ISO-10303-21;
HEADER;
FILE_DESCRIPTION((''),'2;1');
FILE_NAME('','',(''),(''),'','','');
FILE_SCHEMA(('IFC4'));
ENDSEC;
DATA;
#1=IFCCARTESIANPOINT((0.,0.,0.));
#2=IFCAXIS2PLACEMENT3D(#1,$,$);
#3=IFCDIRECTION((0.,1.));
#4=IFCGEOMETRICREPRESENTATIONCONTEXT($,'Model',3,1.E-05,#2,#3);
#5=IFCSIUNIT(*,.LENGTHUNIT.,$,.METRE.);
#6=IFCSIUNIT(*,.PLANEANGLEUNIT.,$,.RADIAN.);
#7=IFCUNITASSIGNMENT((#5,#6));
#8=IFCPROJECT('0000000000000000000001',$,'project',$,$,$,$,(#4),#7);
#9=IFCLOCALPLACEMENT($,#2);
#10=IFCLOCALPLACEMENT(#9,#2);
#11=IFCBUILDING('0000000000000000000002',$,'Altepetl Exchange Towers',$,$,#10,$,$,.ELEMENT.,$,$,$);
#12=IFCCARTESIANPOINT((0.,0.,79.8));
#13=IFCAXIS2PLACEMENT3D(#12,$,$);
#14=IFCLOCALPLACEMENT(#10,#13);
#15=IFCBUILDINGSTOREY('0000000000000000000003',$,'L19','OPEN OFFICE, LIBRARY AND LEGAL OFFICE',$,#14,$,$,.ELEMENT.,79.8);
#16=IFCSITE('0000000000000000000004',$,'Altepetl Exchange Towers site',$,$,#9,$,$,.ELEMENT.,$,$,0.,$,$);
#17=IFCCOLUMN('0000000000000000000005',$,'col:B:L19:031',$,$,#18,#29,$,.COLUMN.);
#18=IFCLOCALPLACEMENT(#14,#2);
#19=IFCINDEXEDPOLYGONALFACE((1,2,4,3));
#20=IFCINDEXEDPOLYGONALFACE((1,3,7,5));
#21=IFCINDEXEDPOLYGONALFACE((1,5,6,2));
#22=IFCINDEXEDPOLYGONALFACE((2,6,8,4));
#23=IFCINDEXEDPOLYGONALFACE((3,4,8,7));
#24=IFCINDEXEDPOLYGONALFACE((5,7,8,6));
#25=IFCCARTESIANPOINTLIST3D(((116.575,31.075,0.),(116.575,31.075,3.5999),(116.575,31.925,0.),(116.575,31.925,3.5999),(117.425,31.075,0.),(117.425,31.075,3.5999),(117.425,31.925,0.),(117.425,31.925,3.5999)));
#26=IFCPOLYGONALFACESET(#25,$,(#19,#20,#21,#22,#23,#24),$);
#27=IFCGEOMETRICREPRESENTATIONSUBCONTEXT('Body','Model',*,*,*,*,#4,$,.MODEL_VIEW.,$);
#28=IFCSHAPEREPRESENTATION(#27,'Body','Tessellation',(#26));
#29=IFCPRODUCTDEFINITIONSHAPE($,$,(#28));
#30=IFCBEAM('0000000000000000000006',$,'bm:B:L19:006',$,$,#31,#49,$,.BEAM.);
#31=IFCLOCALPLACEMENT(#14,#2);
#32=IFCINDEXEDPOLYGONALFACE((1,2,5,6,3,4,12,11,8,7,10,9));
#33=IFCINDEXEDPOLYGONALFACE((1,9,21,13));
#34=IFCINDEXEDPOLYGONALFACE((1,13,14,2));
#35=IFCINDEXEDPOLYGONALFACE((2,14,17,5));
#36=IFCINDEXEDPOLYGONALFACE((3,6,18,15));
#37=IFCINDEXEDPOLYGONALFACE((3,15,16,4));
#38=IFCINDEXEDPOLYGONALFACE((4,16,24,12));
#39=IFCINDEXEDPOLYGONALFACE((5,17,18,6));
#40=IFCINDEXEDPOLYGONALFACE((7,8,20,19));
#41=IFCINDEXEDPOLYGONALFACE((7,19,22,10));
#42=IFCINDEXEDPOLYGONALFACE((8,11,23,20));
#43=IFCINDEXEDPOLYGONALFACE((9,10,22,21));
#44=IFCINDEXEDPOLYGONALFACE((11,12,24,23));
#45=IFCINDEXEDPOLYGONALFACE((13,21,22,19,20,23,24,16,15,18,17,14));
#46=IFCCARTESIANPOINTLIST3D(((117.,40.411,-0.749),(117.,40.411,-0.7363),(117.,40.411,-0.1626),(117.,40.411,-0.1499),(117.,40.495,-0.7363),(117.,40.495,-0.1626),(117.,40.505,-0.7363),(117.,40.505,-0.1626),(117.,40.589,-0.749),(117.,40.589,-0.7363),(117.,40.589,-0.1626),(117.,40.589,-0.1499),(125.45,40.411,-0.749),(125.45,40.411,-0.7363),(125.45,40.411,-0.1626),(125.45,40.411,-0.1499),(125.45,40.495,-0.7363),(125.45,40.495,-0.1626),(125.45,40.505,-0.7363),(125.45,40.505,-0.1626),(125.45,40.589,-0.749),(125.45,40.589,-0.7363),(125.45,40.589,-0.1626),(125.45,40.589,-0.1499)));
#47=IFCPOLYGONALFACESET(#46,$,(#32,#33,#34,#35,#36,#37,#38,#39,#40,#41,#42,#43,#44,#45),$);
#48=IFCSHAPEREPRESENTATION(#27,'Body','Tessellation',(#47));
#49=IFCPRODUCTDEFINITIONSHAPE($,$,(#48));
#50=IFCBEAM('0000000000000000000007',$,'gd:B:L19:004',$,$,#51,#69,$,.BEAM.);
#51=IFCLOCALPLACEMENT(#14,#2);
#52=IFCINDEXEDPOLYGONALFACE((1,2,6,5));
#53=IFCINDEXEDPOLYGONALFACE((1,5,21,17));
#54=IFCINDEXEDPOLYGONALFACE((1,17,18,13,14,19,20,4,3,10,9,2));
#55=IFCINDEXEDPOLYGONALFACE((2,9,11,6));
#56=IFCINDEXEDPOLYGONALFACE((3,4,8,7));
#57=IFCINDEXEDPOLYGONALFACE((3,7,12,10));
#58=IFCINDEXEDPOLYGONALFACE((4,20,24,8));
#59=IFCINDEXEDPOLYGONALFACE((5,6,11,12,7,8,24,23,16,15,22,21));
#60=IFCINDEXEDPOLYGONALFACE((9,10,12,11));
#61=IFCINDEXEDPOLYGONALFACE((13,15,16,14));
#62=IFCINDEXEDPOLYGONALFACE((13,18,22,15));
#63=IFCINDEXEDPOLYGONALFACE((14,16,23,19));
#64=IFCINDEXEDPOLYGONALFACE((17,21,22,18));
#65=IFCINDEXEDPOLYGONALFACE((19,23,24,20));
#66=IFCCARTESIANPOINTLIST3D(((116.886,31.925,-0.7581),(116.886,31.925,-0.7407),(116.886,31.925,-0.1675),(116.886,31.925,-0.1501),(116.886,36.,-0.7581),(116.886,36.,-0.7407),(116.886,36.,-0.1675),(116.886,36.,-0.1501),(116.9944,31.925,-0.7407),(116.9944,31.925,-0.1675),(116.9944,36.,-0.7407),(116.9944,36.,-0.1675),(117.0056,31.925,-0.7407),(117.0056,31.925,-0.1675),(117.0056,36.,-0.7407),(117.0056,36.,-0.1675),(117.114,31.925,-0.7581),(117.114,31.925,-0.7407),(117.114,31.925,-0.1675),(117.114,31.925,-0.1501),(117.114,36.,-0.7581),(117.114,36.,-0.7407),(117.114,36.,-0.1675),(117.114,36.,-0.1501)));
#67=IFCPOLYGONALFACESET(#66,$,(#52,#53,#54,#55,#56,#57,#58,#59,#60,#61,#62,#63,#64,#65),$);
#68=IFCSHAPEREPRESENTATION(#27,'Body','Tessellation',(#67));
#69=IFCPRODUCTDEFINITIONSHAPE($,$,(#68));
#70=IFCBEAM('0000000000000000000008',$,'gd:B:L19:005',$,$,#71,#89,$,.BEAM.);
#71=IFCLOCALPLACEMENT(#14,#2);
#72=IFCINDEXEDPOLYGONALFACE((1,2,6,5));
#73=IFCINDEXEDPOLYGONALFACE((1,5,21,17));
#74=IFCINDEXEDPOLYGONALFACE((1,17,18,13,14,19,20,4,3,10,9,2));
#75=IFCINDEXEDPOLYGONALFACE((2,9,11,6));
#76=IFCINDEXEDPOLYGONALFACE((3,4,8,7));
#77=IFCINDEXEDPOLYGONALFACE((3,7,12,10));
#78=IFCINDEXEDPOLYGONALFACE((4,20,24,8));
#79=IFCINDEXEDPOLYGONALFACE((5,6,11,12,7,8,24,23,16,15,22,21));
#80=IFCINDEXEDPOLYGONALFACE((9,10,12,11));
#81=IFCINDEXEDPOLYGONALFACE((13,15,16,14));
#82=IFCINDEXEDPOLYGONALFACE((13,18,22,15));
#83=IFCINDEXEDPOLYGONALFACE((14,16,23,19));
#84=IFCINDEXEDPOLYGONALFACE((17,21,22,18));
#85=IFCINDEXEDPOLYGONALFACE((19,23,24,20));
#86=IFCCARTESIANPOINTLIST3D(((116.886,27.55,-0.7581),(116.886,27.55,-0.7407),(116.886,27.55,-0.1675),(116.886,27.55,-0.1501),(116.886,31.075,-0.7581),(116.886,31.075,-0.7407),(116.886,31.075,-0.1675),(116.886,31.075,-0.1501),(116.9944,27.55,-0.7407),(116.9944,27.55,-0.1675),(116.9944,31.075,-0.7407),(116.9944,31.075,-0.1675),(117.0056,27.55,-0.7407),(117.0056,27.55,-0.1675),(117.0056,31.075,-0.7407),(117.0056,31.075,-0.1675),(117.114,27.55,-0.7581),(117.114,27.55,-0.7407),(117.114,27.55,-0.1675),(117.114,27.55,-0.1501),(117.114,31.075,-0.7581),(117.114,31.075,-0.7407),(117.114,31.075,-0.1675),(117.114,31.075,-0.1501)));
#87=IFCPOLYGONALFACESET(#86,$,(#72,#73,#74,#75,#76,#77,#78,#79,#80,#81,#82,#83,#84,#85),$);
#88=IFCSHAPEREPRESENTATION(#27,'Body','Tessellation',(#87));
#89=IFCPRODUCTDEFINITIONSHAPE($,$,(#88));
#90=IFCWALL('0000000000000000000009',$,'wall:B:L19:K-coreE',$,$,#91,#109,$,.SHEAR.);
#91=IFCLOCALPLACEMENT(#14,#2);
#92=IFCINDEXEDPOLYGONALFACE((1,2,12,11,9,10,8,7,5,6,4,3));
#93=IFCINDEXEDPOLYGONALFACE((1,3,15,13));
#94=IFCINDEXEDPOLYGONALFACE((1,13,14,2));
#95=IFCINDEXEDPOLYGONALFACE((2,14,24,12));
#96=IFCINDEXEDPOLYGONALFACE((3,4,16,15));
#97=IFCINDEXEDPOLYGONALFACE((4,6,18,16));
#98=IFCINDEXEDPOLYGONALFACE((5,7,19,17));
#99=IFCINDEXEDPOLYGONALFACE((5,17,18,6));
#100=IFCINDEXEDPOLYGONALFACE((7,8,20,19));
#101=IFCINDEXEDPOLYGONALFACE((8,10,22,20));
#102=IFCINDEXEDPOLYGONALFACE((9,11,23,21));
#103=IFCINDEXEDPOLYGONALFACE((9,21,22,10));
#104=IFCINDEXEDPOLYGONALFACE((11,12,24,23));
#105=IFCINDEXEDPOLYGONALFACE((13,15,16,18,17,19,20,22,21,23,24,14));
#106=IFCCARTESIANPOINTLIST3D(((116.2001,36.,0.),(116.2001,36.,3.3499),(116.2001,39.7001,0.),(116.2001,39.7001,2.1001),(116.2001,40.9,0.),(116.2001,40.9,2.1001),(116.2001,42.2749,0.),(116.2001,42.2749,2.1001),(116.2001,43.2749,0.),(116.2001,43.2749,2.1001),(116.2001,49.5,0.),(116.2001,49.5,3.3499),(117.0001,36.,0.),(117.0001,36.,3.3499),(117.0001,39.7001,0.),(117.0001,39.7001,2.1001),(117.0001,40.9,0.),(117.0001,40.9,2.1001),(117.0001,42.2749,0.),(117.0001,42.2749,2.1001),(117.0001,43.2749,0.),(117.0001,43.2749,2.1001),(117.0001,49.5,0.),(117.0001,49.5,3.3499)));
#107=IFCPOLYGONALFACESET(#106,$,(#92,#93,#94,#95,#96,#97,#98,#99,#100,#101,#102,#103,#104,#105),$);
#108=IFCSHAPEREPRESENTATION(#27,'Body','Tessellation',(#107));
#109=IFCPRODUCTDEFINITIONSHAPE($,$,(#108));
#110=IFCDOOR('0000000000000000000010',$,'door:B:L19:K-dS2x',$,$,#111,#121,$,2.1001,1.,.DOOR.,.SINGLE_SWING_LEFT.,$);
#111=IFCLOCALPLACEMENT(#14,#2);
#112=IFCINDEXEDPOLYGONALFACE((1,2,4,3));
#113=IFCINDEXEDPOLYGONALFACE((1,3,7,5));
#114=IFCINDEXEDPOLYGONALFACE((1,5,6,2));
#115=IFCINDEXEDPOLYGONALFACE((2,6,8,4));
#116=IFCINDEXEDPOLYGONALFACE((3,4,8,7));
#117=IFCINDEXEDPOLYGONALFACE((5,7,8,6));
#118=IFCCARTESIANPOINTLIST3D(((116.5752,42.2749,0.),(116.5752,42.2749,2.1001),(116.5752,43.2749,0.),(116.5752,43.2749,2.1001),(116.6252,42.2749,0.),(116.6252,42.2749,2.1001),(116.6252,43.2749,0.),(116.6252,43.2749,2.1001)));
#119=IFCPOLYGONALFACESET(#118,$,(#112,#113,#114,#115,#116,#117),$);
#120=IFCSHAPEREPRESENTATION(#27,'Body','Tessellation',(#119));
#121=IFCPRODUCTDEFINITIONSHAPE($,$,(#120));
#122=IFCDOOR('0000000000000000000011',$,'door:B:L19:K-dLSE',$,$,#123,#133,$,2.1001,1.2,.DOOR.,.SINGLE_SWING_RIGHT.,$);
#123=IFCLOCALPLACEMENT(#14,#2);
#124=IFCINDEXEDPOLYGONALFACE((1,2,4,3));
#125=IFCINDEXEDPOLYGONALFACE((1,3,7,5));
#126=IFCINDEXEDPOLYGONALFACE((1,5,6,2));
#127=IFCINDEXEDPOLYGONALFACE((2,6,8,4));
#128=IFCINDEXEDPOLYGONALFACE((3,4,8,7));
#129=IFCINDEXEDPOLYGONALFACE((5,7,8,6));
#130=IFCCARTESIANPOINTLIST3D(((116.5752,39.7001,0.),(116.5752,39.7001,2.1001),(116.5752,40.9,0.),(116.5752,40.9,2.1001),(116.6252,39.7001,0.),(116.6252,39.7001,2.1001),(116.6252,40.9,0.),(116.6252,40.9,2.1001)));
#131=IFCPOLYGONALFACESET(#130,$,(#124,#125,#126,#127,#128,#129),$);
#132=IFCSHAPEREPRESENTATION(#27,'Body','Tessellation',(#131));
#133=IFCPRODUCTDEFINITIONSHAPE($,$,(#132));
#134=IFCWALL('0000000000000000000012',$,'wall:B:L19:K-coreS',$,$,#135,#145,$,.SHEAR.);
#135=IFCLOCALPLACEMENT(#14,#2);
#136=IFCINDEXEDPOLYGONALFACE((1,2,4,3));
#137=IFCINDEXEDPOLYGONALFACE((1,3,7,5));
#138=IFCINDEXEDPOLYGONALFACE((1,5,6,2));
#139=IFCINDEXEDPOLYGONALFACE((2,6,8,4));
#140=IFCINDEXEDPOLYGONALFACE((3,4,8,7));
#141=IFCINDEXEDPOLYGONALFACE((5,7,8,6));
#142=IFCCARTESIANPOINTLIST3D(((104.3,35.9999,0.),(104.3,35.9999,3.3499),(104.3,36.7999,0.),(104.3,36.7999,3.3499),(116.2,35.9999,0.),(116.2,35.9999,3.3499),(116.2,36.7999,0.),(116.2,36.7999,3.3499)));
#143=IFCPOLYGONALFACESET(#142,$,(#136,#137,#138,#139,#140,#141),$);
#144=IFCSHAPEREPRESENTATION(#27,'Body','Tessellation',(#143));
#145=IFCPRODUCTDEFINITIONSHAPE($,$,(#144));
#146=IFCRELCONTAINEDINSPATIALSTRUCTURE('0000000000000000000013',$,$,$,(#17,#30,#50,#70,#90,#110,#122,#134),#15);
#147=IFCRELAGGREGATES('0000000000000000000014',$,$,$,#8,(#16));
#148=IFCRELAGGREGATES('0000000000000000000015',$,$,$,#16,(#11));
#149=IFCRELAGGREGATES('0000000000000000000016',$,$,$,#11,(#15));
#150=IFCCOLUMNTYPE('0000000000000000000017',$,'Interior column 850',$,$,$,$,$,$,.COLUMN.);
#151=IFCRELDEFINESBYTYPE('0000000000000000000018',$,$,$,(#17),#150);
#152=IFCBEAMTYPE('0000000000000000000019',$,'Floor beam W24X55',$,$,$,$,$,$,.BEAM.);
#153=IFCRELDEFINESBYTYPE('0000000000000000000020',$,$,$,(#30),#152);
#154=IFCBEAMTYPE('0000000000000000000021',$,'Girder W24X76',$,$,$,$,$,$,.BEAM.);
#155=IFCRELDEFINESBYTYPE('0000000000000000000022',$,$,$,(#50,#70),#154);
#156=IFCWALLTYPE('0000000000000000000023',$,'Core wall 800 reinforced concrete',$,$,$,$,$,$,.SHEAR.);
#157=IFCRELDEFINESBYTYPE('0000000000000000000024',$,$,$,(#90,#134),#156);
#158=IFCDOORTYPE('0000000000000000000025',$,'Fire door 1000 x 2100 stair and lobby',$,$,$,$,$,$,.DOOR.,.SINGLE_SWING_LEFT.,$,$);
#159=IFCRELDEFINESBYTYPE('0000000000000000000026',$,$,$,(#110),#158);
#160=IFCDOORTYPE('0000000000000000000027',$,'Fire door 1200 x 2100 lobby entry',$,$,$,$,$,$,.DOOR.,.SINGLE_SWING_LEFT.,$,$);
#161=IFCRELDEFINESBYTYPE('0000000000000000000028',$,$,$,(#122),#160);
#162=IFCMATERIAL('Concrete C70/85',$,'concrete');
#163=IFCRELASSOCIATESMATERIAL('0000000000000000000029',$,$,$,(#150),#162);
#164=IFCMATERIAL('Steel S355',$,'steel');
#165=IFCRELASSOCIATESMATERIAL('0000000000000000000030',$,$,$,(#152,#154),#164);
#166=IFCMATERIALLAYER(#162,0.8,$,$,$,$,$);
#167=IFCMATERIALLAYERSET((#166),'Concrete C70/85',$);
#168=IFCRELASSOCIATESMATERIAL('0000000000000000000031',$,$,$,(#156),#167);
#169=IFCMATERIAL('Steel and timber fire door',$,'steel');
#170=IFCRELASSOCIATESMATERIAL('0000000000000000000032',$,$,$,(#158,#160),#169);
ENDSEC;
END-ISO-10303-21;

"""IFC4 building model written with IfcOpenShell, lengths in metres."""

from ifc_helpers import new_model, si_unit, direction, frame, frame_2d, origin, origin_2d, place, context, subcontext, project, spatial, rectangle, i_section, extrude, material, layer, layer_set, material_profile, profile_set, type_object, element, fill, save


model = new_model("IFC4")

# Units and contexts
model_context = context("Model", 3, precision=1e-05, world=origin(), true_north=direction((0.0, 1.0)))
body_context = subcontext(model_context, "Body", "Model", "MODEL_VIEW")
ifc_project = project(units=[si_unit("LENGTHUNIT", "METRE"), si_unit("PLANEANGLEUNIT", "RADIAN")], contexts=[model_context])

# Site, building, storey
site_placement = place(None, origin())
site = spatial("IfcSite", under=ifc_project, at=site_placement, Name="Altepetl Exchange Towers site", CompositionType="ELEMENT", RefElevation=0.0)
building_placement = place(site_placement, origin())
building = spatial("IfcBuilding", under=site, at=building_placement, Name="Altepetl Exchange Towers", CompositionType="ELEMENT")
storey_placement = place(building_placement, frame((0.0, 0.0, 79.8)))
storey = spatial("IfcBuildingStorey", under=building, at=storey_placement, Name="L19", Description="OPEN OFFICE, LIBRARY AND LEGAL OFFICE", CompositionType="ELEMENT", Elevation=79.8)

# Column
ifc_material_1 = material(Name="Concrete C70/85", Category="concrete")
ifc_material_profile_1 = material_profile(ifc_material_1, rectangle(XDim=0.8501, YDim=0.8501, at=origin_2d()), Name="850 x 850")
ifc_profile_set_1 = profile_set([ifc_material_profile_1], Name="Concrete C70/85")
column_type = type_object("IfcColumnType", Name="Interior column 850", PredefinedType="COLUMN", material=ifc_profile_set_1)
column_placement = place(storey_placement, frame((117.0, 31.5, 0.0)))
element("IfcColumn", 1, at=column_placement, inside=storey, type_object=column_type, Name="col:B:L19:031", PredefinedType="COLUMN", context=body_context, shape_type="SweptSolid", body=[
    extrude(rectangle(XDim=0.8501, YDim=0.8501, at=origin_2d()), origin(), (0.0, 0.0, 1.0), 3.5999),
])

# Beams
ifc_material_2 = material(Name="Steel S355", Category="steel")
ifc_material_profile_2 = material_profile(ifc_material_2, i_section(OverallWidth=0.178, OverallDepth=0.5991, WebThickness=0.01, FlangeThickness=0.0127, at=origin_2d()), Name="W24X55")
ifc_profile_set_2 = profile_set([ifc_material_profile_2], Name="Steel S355")
beam_type_1 = type_object("IfcBeamType", Name="Floor beam W24X55", PredefinedType="BEAM", material=ifc_profile_set_2)
beam_1_placement = place(storey_placement, frame((117.0, 40.5, -0.4495), z_axis=(1.0, 0.0, 0.0), x_axis=(0.0, 1.0, 0.0)))
element("IfcBeam", 2, at=beam_1_placement, inside=storey, type_object=beam_type_1, Name="bm:B:L19:006", PredefinedType="BEAM", context=body_context, shape_type="SweptSolid", body=[
    extrude(i_section(OverallWidth=0.178, OverallDepth=0.5991, WebThickness=0.01, FlangeThickness=0.0127, at=origin_2d()), origin(), (0.0, 0.0, 1.0), 8.45),
])
ifc_material_profile_3 = material_profile(ifc_material_2, i_section(OverallWidth=0.228, OverallDepth=0.6079, WebThickness=0.0112, FlangeThickness=0.0173, at=origin_2d()), Name="W24X76")
ifc_profile_set_3 = profile_set([ifc_material_profile_3], Name="Steel S355")
beam_type_2 = type_object("IfcBeamType", Name="Girder W24X76", PredefinedType="BEAM", material=ifc_profile_set_3)
beam_2_placement = place(storey_placement, frame((117.0, 36.0, -0.4541), z_axis=(0.0, -1.0, 0.0), x_axis=(1.0, 0.0, 0.0)))
element("IfcBeam", 3, at=beam_2_placement, inside=storey, type_object=beam_type_2, Name="gd:B:L19:004", PredefinedType="BEAM", context=body_context, shape_type="SweptSolid", body=[
    extrude(i_section(OverallWidth=0.228, OverallDepth=0.6079, WebThickness=0.0112, FlangeThickness=0.0173, at=origin_2d()), origin(), (0.0, 0.0, 1.0), 4.075),
])
beam_3_placement = place(storey_placement, frame((117.0, 31.075, -0.4541), z_axis=(0.0, -1.0, 0.0), x_axis=(1.0, 0.0, 0.0)))
element("IfcBeam", 4, at=beam_3_placement, inside=storey, type_object=beam_type_2, Name="gd:B:L19:005", PredefinedType="BEAM", context=body_context, shape_type="SweptSolid", body=[
    extrude(i_section(OverallWidth=0.228, OverallDepth=0.6079, WebThickness=0.0112, FlangeThickness=0.0173, at=origin_2d()), origin(), (0.0, 0.0, 1.0), 3.5249),
])

# Wall, openings, doors
ifc_layer_1 = layer(ifc_material_1, 0.8)
ifc_layer_set_1 = layer_set([ifc_layer_1], Name="Concrete C70/85")
wall_type_1 = type_object("IfcWallType", Name="Core wall 800 reinforced concrete", PredefinedType="SHEAR", material=ifc_layer_set_1)
wall_1_placement = place(storey_placement, frame((116.6001, 36.0, 0.0), z_axis=(0.0, 0.0, 1.0), x_axis=(0.0, 1.0, 0.0)))
wall_1 = element("IfcWall", 5, at=wall_1_placement, inside=storey, type_object=wall_type_1, Name="wall:B:L19:K-coreE", PredefinedType="SHEAR", context=body_context, shape_type="SweptSolid", body=[
    extrude(rectangle(XDim=13.5, YDim=0.8, at=frame_2d((6.75, 0.0))), origin(), (0.0, 0.0, 1.0), 3.3499),
])
opening_1_placement = place(wall_1_placement, frame((3.7, 0.0, 0.0)))
opening_1 = element("IfcOpeningElement", 6, at=opening_1_placement, cuts=wall_1, PredefinedType="OPENING", context=body_context, shape_type="SweptSolid", body=[
    extrude(rectangle(XDim=1.2, YDim=2.1001, at=frame_2d((0.6001, 1.05))), frame((0.0, 0.4102, 0.0), z_axis=(0.0, -1.0, 0.0), x_axis=(1.0, 0.0, 0.0)), (0.0, 0.0, 1.0), 0.8201),
])
opening_2_placement = place(wall_1_placement, frame((6.2749, 0.0, 0.0)))
opening_2 = element("IfcOpeningElement", 7, at=opening_2_placement, cuts=wall_1, PredefinedType="OPENING", context=body_context, shape_type="SweptSolid", body=[
    extrude(rectangle(XDim=1.0, YDim=2.1001, at=frame_2d((0.5, 1.05))), frame((0.0, 0.4102, 0.0), z_axis=(0.0, -1.0, 0.0), x_axis=(1.0, 0.0, 0.0)), (0.0, 0.0, 1.0), 0.8201),
])
ifc_material_3 = material(Name="Steel and timber fire door", Category="steel")
door_type_1 = type_object("IfcDoorType", Name="Fire door 1000 x 2100 stair and lobby", OperationType="SINGLE_SWING_LEFT", PredefinedType="DOOR", material=ifc_material_3)
door_1_placement = place(opening_2_placement, origin())
door_1 = element("IfcDoor", 8, at=door_1_placement, inside=storey, type_object=door_type_1, Name="door:B:L19:K-dS2x", OperationType="SINGLE_SWING_LEFT", OverallHeight=2.1001, OverallWidth=1.0, PredefinedType="DOOR", context=body_context, shape_type="SweptSolid", body=[
    extrude(rectangle(XDim=1.0, YDim=2.1001, at=frame_2d((0.5, 1.05))), frame((0.0, 0.0249, 0.0), z_axis=(0.0, -1.0, 0.0), x_axis=(1.0, 0.0, 0.0)), (0.0, 0.0, 1.0), 0.05),
])
fill(opening_2, door_1)
door_type_2 = type_object("IfcDoorType", Name="Fire door 1200 x 2100 lobby entry", OperationType="SINGLE_SWING_LEFT", PredefinedType="DOOR", material=ifc_material_3)
door_2_placement = place(opening_1_placement, origin())
door_2 = element("IfcDoor", 9, at=door_2_placement, inside=storey, type_object=door_type_2, Name="door:B:L19:K-dLSE", OperationType="SINGLE_SWING_RIGHT", OverallHeight=2.1001, OverallWidth=1.2, PredefinedType="DOOR", context=body_context, shape_type="SweptSolid", body=[
    extrude(rectangle(XDim=1.2, YDim=2.1001, at=frame_2d((0.6001, 1.05))), frame((0.0, 0.0249, 0.0), z_axis=(0.0, -1.0, 0.0), x_axis=(1.0, 0.0, 0.0)), (0.0, 0.0, 1.0), 0.05),
])
fill(opening_1, door_2)

# Wall
wall_2_placement = place(storey_placement, frame((104.3, 36.3999, 0.0)))
element("IfcWall", 10, at=wall_2_placement, inside=storey, type_object=wall_type_1, Name="wall:B:L19:K-coreS", PredefinedType="SHEAR", context=body_context, shape_type="SweptSolid", body=[
    extrude(rectangle(XDim=11.8999, YDim=0.8, at=frame_2d((5.95, 0.0))), origin(), (0.0, 0.0, 1.0), 3.3499),
])

save(model, "model.ifc")
